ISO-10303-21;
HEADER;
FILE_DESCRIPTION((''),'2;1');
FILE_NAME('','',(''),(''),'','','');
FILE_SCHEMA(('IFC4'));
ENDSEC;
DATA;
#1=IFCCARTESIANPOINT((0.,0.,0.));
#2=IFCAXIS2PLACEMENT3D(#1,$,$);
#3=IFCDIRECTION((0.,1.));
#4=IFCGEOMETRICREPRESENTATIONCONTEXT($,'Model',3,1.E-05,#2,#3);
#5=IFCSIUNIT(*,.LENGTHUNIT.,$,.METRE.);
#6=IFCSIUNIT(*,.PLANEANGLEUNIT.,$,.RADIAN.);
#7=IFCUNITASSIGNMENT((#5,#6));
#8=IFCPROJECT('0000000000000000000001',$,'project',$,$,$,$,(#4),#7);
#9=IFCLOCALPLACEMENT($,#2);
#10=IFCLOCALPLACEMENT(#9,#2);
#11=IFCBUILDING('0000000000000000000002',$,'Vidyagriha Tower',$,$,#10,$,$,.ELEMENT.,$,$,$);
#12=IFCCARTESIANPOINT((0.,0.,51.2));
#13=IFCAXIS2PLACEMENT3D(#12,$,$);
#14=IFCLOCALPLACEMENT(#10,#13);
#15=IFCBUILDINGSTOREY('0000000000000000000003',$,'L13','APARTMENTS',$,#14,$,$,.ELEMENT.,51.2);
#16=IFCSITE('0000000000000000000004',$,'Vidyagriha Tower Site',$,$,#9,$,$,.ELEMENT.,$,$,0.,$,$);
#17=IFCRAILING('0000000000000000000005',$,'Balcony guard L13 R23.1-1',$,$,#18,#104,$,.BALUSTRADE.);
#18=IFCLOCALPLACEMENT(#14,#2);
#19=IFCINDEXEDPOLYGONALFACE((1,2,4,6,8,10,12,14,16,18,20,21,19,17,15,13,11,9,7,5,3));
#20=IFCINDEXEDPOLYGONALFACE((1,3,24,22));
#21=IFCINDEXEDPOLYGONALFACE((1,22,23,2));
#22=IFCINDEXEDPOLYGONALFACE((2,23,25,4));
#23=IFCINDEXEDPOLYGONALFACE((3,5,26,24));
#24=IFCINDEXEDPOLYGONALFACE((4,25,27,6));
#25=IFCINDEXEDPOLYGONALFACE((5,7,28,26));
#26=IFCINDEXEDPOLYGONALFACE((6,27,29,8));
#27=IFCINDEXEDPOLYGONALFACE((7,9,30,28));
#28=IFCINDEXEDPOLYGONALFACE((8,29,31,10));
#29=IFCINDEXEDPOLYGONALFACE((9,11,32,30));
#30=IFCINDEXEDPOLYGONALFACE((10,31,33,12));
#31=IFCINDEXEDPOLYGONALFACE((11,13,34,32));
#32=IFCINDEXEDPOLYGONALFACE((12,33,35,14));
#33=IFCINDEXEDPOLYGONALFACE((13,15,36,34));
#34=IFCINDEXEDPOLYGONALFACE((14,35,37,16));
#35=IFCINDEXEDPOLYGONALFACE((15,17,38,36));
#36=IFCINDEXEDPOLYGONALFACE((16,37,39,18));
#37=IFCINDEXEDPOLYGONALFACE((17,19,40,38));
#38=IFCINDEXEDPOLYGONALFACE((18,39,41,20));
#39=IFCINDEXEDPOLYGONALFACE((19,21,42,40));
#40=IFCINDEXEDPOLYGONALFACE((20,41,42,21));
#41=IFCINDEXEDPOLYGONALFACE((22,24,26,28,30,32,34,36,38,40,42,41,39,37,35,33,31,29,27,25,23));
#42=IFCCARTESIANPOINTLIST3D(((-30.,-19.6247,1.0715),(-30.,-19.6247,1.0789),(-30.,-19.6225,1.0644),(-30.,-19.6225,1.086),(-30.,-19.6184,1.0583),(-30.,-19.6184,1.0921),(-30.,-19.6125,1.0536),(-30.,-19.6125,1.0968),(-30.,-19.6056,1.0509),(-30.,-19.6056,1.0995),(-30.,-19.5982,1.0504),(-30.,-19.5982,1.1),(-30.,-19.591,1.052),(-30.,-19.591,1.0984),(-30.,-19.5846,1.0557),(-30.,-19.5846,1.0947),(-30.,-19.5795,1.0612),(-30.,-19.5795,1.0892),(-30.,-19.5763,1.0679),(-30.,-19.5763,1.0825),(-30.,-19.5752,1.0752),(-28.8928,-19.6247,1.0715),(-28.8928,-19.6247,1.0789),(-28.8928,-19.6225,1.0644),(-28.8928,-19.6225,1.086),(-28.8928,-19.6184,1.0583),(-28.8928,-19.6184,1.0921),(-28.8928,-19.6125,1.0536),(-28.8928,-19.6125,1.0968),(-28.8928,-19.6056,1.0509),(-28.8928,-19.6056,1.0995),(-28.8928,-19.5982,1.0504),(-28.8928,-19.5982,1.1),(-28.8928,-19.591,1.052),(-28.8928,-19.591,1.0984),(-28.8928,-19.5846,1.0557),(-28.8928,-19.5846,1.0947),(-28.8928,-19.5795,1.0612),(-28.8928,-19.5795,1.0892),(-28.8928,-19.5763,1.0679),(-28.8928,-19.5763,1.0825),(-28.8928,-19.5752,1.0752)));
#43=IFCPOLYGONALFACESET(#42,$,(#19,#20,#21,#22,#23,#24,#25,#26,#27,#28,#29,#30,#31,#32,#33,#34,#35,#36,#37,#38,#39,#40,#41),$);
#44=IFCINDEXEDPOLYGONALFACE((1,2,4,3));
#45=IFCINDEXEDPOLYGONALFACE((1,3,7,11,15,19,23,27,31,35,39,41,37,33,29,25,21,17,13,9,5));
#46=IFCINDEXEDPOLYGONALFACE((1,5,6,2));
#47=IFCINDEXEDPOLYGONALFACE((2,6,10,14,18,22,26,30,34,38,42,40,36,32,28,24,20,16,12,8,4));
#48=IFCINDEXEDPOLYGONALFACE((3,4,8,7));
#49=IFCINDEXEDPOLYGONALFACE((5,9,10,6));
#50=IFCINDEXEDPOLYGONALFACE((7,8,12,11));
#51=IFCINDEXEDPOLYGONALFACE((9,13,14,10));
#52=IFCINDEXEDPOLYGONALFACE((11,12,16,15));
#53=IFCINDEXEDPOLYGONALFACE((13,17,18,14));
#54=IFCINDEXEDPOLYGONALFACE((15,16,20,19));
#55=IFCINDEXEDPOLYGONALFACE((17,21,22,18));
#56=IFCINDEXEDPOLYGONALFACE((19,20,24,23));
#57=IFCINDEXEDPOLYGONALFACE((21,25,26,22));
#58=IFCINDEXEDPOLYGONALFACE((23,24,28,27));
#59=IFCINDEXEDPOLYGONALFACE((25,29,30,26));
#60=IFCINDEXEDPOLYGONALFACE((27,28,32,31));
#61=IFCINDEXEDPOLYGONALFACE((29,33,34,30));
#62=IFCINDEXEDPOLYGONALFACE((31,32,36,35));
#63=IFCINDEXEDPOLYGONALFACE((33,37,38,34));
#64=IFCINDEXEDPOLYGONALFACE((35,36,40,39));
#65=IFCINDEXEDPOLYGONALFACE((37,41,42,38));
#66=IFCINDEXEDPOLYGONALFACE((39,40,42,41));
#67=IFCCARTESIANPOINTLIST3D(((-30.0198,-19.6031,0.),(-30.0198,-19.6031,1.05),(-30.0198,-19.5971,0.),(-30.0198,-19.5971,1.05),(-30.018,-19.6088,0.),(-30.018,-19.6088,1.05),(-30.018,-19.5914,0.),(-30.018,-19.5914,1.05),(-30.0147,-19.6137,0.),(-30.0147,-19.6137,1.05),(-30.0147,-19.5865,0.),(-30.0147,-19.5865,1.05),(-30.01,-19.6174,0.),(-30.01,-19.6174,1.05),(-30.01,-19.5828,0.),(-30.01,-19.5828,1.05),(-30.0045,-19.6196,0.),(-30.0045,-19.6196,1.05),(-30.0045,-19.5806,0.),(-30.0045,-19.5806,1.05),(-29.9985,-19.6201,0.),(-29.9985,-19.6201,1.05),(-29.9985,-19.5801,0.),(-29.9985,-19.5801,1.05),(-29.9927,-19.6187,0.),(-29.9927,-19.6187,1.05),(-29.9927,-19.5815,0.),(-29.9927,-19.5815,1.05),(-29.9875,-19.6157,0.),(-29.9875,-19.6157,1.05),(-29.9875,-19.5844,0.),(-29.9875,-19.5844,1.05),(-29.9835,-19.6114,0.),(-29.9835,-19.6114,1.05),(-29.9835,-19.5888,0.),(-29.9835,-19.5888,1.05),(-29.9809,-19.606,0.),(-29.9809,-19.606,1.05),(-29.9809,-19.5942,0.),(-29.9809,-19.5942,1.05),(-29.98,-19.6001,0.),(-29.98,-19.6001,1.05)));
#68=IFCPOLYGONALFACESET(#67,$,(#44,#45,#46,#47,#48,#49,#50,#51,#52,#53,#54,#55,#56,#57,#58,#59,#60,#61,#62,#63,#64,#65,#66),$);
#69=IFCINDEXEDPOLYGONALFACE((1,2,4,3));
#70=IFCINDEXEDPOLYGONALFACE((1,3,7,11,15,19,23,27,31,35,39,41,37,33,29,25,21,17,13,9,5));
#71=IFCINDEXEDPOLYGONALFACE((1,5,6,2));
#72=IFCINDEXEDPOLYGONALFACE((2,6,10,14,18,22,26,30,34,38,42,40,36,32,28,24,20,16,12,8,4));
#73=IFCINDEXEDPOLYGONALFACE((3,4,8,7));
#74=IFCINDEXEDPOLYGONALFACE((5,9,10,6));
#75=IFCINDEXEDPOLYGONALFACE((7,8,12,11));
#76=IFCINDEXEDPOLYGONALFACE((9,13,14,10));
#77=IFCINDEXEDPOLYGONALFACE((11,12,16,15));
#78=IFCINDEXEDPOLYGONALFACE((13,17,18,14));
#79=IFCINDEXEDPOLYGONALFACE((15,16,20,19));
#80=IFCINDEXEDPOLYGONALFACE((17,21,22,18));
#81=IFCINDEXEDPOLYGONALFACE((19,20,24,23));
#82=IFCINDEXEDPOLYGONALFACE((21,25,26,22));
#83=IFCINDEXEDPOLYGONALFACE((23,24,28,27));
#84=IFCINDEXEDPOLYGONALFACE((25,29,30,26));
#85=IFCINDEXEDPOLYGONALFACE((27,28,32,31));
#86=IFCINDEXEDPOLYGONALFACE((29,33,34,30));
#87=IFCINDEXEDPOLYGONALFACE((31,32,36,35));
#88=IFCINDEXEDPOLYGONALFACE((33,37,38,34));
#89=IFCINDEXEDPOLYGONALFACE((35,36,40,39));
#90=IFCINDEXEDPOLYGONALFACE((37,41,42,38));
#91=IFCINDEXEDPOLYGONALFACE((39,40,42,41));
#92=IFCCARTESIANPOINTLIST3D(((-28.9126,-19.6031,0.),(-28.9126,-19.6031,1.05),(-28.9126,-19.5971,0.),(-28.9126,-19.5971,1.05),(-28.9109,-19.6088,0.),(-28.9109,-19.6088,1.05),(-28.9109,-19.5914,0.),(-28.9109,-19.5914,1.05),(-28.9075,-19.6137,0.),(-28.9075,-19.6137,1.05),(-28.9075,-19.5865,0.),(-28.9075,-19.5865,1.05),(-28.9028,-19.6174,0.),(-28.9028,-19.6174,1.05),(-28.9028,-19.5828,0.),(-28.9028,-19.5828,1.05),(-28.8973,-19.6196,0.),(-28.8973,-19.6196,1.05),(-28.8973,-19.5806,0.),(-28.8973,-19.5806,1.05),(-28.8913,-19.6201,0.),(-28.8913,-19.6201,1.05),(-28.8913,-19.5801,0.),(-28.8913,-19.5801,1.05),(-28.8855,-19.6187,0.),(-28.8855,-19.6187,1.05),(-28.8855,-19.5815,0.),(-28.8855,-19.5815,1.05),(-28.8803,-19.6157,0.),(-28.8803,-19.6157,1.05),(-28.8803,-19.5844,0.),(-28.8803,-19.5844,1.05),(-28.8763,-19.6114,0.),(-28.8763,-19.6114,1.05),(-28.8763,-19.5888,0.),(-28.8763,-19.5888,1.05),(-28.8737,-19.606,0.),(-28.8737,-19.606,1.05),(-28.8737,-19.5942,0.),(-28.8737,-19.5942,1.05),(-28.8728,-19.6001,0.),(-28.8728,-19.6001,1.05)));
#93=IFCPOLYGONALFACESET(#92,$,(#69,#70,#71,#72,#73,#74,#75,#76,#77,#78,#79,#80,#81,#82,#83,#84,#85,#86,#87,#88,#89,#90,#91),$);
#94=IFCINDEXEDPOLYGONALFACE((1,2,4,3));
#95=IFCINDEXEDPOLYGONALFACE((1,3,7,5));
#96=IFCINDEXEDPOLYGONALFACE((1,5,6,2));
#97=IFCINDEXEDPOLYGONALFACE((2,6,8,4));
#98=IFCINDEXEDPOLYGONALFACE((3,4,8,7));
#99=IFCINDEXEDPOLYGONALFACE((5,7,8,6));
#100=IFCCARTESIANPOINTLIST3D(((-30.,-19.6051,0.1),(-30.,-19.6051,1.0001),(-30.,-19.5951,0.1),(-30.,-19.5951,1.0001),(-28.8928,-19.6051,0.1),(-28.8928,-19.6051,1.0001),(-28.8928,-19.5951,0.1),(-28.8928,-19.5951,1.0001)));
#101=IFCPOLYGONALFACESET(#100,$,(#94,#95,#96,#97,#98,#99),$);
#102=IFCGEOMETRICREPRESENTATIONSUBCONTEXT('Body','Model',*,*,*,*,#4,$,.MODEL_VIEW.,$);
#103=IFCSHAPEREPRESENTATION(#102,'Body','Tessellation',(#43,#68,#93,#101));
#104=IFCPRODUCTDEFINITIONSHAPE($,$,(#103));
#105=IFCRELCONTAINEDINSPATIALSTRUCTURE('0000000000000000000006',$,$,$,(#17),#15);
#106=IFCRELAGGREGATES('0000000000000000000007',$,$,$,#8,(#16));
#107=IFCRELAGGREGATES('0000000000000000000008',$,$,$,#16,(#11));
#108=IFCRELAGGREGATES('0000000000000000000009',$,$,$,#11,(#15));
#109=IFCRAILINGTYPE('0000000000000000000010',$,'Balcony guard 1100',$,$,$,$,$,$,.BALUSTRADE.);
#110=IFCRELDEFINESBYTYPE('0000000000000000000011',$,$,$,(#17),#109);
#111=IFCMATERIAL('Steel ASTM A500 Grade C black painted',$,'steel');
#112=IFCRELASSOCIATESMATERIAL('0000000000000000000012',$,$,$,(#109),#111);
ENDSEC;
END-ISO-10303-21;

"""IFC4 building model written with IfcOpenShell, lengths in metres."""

from ifc_helpers import new_model, si_unit, direction, frame, origin, origin_2d, place, context, subcontext, project, spatial, rectangle, circle, extrude, material, type_object, element, save


model = new_model("IFC4")

# Units and contexts
model_context = context("Model", 3, precision=1e-05, world=origin(), true_north=direction((0.0, 1.0)))
body_context = subcontext(model_context, "Body", "Model", "MODEL_VIEW")
ifc_project = project(units=[si_unit("LENGTHUNIT", "METRE"), si_unit("PLANEANGLEUNIT", "RADIAN")], contexts=[model_context])

# Site, building, storey
site_placement = place(None, origin())
site = spatial("IfcSite", under=ifc_project, at=site_placement, Name="Vidyagriha Tower Site", CompositionType="ELEMENT", RefElevation=0.0)
building_placement = place(site_placement, origin())
building = spatial("IfcBuilding", under=site, at=building_placement, Name="Vidyagriha Tower", CompositionType="ELEMENT")
storey_placement = place(building_placement, frame((0.0, 0.0, 51.2)))
storey = spatial("IfcBuildingStorey", under=building, at=storey_placement, Name="L13", Description="APARTMENTS", CompositionType="ELEMENT", Elevation=51.2)

# Railing
ifc_material_1 = material(Name="Steel ASTM A500 Grade C black painted", Category="steel")
railing_type_1 = type_object("IfcRailingType", Name="Balcony guard 1100", PredefinedType="BALUSTRADE", material=ifc_material_1)
railing_1_placement = place(storey_placement, frame((-30.0, -19.6001, 0.0)))
element("IfcRailing", 1, at=railing_1_placement, inside=storey, type_object=railing_type_1, Name="Balcony guard L13 R23.1-1", PredefinedType="BALUSTRADE", context=body_context, shape_type="SweptSolid", body=[
    extrude(circle(Radius=0.0249, at=origin_2d()), frame((0.0, 0.0, 1.0752), z_axis=(1.0, 0.0, 0.0), x_axis=(0.0, 1.0, 0.0)), (0.0, 0.0, 1.0), 1.1072),
    extrude(circle(Radius=0.02, at=origin_2d()), origin(), (0.0, 0.0, 1.0), 1.05),
    extrude(circle(Radius=0.02, at=origin_2d()), frame((1.1072, 0.0, 0.0)), (0.0, 0.0, 1.0), 1.05),
    extrude(rectangle(XDim=0.01, YDim=0.9001, at=origin_2d()), frame((0.0, 0.0, 0.55), z_axis=(1.0, 0.0, 0.0), x_axis=(0.0, 1.0, 0.0)), (0.0, 0.0, 1.0), 1.1072),
])

save(model, "model.ifc")
